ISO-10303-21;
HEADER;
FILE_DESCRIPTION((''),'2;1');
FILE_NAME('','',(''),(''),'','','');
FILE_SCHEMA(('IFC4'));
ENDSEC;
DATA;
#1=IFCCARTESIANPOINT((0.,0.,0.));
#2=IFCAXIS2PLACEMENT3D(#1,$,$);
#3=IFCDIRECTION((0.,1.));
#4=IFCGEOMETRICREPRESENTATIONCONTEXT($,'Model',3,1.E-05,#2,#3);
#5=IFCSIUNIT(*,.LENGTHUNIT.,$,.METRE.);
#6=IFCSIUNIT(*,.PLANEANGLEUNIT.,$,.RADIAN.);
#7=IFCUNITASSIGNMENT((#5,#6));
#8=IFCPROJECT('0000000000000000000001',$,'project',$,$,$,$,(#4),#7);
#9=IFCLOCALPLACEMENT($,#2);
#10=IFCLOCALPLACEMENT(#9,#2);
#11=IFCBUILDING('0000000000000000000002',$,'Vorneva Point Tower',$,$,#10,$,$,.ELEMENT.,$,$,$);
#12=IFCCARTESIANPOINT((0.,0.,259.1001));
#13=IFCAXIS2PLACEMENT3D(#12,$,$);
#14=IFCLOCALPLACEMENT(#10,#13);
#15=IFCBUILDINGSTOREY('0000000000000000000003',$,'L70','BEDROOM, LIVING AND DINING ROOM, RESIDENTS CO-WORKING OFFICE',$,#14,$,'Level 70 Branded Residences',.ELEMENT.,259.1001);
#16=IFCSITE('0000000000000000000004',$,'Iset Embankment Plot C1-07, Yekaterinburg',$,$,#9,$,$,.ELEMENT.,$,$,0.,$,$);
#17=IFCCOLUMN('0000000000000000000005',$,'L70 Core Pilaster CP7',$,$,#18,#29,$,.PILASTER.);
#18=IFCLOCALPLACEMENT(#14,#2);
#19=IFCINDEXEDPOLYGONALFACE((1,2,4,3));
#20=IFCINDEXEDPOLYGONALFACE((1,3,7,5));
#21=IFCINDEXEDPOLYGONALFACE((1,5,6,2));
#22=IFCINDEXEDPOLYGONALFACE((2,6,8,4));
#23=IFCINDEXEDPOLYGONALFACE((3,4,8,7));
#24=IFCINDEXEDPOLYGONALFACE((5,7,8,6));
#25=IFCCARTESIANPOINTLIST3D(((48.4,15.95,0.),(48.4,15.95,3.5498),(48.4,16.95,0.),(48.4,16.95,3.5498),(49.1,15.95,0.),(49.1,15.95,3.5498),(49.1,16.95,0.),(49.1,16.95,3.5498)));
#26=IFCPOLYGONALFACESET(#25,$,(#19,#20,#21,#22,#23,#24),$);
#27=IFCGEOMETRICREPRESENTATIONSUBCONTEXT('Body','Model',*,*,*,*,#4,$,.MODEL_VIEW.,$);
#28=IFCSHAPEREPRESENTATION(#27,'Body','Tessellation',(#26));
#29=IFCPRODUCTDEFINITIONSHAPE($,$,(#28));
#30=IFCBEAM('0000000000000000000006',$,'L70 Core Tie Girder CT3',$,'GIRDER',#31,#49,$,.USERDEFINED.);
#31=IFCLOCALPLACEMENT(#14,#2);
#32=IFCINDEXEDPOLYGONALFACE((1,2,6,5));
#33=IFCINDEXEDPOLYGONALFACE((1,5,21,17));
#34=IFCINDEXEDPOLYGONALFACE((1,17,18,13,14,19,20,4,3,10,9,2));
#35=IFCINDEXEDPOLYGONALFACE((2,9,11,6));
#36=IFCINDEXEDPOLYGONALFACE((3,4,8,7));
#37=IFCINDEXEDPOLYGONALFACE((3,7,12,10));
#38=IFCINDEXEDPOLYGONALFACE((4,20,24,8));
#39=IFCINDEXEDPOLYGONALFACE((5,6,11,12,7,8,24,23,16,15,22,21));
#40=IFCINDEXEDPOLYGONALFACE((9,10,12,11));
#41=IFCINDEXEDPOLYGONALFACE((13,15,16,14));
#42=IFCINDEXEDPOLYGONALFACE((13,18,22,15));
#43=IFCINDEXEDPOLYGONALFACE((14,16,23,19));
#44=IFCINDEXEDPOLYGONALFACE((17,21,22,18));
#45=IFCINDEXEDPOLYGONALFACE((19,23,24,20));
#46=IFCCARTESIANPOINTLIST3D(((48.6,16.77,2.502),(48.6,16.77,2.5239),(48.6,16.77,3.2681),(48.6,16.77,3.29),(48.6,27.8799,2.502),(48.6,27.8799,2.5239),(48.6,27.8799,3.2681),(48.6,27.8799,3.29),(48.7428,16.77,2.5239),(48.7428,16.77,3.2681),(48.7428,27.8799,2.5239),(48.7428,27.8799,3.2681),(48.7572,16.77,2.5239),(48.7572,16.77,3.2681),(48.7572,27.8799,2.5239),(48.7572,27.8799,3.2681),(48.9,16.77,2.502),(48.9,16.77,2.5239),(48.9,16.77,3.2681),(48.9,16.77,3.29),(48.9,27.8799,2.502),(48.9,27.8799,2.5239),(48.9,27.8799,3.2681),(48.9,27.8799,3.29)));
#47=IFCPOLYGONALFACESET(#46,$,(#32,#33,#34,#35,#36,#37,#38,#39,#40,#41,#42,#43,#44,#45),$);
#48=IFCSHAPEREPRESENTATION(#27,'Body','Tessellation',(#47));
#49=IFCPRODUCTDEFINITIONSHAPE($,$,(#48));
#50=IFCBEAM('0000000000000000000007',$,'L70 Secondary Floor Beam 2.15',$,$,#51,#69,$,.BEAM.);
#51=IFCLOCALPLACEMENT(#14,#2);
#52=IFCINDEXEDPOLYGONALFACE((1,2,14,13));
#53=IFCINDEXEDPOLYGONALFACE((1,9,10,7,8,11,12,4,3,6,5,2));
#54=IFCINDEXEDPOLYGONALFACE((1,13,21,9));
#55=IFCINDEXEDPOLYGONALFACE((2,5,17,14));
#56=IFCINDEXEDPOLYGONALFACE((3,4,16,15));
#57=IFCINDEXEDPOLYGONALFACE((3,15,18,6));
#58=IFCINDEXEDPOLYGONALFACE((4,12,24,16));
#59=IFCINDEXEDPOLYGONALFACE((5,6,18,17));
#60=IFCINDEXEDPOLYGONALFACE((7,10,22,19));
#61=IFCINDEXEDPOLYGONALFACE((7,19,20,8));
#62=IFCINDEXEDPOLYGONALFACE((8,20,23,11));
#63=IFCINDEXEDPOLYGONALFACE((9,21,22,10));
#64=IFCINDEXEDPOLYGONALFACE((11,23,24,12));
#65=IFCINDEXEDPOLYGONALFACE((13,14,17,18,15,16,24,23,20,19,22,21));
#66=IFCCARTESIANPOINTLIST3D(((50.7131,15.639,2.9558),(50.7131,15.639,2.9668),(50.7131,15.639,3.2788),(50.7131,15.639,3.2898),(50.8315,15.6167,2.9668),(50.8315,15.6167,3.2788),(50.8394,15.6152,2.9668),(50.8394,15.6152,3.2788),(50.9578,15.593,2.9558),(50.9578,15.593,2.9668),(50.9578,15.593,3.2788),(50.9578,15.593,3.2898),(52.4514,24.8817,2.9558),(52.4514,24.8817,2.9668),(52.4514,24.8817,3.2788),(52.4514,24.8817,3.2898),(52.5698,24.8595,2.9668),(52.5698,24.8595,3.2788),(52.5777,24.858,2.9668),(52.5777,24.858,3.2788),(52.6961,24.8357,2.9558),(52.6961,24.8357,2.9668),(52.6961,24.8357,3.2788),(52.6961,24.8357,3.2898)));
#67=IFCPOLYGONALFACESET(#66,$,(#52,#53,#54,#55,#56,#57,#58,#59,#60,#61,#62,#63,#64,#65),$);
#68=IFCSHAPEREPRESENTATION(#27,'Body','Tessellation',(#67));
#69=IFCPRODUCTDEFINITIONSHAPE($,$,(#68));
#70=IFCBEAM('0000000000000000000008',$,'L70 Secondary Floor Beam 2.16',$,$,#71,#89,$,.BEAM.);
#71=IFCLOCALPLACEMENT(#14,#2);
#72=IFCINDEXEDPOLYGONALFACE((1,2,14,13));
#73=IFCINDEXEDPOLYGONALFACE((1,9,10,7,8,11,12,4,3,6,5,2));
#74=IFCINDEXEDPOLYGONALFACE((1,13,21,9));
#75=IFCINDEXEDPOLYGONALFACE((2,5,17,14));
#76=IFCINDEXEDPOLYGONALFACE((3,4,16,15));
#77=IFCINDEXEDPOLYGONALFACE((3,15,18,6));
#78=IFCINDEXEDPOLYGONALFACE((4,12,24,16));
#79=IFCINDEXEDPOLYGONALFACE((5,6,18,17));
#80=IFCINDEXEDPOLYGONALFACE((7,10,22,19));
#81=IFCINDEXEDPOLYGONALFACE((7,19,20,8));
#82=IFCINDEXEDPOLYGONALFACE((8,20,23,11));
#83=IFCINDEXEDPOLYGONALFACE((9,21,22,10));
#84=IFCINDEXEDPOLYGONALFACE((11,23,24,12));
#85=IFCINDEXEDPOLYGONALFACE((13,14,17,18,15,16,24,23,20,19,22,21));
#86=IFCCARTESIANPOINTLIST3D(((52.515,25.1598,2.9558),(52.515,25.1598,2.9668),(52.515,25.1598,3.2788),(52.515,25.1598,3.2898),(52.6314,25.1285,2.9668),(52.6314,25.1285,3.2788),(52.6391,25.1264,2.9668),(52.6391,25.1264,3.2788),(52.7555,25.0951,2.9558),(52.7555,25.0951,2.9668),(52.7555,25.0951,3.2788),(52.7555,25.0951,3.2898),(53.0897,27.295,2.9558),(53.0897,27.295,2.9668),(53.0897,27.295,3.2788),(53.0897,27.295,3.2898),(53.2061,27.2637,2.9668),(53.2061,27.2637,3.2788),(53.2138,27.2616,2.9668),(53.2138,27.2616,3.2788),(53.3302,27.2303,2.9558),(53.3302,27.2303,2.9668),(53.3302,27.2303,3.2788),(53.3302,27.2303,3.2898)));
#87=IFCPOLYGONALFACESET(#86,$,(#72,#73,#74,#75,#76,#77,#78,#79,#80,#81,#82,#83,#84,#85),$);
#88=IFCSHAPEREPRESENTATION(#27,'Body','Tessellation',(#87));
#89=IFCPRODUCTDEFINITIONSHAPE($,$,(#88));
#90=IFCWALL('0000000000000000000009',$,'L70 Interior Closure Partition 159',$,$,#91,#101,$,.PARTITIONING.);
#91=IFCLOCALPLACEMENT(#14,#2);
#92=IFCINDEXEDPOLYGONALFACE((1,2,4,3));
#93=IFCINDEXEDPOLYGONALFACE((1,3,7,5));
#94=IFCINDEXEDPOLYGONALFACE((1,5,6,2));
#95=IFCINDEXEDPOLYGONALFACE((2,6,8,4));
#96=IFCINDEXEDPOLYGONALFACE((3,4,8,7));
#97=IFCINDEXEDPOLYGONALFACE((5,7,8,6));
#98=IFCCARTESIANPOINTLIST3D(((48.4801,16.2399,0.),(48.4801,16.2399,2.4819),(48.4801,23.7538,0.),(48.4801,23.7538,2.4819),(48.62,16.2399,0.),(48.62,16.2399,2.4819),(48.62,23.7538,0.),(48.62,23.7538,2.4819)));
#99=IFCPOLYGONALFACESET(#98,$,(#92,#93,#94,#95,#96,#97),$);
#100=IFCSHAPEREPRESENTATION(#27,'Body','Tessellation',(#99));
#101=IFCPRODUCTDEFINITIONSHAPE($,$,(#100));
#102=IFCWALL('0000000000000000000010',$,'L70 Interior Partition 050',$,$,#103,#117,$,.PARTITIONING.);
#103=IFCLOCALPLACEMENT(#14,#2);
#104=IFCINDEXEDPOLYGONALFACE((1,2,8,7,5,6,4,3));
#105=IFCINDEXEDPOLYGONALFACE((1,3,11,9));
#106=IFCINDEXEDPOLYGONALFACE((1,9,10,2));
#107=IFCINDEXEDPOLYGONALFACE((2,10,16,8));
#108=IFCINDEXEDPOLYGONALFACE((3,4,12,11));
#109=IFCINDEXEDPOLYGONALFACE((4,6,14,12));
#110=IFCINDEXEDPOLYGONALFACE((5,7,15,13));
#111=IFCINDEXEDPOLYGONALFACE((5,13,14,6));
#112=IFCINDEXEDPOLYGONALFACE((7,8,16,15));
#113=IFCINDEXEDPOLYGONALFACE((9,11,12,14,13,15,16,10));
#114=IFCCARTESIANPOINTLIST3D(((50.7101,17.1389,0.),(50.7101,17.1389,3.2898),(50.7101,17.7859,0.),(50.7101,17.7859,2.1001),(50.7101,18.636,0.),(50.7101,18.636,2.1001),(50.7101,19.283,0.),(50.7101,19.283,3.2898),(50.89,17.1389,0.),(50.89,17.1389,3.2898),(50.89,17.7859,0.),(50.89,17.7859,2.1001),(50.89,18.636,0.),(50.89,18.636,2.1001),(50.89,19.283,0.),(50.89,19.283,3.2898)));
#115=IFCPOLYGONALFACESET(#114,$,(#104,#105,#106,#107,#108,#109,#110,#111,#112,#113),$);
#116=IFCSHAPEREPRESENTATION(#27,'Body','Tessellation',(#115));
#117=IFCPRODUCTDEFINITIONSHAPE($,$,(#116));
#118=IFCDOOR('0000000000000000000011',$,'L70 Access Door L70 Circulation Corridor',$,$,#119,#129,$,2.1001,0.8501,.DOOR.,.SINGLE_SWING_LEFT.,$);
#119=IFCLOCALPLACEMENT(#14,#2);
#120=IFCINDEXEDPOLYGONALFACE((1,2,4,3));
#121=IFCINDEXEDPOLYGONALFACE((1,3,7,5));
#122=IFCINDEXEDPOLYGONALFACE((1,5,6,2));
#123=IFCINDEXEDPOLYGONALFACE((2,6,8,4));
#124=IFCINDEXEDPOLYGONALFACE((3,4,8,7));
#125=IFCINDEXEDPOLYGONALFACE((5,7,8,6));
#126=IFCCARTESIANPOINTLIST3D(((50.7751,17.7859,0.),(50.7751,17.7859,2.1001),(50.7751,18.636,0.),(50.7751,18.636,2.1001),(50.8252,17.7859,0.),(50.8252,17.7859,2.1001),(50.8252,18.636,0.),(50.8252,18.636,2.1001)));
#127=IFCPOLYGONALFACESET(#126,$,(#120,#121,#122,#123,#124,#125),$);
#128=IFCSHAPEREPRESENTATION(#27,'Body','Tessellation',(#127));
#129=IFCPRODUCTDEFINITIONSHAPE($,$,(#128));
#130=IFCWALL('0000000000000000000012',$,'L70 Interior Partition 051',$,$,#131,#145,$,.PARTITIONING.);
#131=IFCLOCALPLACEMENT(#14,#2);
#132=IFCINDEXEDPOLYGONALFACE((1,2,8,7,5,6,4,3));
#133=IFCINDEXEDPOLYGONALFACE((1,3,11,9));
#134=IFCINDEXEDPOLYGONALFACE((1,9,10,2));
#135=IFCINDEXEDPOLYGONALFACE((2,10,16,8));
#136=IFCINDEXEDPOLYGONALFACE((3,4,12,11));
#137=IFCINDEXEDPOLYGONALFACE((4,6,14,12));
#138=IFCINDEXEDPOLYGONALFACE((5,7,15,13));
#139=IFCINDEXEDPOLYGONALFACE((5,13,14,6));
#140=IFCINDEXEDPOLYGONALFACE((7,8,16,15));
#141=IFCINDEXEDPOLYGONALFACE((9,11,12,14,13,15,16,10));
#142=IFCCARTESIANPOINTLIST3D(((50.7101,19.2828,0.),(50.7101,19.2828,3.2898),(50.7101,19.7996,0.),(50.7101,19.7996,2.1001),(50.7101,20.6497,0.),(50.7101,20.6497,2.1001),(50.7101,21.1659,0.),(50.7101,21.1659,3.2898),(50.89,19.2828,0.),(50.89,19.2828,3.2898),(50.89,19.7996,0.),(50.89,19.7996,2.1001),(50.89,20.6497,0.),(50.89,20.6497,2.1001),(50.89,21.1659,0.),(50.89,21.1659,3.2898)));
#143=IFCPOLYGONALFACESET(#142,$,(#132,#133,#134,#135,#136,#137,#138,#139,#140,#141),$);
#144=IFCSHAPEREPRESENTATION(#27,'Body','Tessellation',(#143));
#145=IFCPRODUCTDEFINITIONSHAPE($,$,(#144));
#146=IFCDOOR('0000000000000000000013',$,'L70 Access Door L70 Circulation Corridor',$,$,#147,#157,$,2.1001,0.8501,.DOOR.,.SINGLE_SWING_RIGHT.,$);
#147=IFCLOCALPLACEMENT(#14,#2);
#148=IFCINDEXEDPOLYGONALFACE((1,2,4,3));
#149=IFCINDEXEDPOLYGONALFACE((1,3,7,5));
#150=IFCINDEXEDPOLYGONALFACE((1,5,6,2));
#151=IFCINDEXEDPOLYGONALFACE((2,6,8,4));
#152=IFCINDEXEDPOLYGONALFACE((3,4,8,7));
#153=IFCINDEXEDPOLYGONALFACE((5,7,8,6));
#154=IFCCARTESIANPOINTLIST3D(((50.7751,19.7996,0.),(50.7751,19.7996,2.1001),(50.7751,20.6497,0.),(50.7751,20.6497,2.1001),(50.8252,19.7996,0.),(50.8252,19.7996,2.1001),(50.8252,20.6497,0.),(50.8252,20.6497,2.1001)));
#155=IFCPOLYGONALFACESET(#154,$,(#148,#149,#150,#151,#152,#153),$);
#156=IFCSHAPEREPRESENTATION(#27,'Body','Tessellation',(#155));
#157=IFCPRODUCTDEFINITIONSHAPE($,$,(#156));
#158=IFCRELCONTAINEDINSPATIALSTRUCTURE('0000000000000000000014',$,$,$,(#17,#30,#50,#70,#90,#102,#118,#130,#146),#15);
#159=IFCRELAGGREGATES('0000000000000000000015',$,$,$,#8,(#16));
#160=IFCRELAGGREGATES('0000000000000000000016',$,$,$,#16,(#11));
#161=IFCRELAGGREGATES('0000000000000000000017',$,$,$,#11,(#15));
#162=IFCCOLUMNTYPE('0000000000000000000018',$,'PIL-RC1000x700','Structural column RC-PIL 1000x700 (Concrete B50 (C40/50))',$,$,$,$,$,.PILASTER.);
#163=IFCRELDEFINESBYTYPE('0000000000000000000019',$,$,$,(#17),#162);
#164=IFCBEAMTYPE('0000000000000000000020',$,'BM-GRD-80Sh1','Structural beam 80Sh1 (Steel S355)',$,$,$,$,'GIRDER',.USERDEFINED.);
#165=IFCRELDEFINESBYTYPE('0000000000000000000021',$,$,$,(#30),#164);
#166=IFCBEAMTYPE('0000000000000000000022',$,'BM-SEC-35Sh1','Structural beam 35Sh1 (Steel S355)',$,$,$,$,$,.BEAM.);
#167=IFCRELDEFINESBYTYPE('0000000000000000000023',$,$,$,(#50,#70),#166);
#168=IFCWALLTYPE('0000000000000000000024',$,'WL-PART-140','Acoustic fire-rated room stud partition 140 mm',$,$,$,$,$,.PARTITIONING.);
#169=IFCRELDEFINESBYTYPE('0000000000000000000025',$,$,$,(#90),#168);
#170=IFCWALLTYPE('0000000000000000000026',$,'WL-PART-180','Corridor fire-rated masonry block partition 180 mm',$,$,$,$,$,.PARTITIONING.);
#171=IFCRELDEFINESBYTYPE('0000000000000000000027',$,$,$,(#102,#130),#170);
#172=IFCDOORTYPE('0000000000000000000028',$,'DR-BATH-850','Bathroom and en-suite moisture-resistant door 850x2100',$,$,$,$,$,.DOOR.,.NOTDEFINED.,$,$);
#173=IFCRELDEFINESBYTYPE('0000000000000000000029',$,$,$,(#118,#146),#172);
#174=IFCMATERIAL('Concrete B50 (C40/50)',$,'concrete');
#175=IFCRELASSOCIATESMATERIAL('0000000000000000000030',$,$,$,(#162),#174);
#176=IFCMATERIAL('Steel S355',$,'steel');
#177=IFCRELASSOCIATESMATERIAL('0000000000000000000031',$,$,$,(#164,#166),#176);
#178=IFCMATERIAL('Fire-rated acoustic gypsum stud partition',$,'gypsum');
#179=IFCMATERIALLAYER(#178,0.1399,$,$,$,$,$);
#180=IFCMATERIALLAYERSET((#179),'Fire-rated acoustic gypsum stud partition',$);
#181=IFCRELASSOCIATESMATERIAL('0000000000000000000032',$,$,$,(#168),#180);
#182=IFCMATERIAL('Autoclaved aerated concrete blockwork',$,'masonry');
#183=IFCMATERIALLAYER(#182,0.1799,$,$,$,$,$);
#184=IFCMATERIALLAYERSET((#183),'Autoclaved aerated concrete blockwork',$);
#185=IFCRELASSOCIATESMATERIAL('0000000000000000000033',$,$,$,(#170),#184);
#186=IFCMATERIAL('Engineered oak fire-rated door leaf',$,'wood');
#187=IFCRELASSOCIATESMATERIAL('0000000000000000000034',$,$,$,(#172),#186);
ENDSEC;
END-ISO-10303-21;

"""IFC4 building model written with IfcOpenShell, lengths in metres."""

from ifc_helpers import new_model, si_unit, direction, frame, frame_2d, origin, origin_2d, place, context, subcontext, project, spatial, rectangle, i_section, extrude, material, layer, layer_set, material_profile, profile_set, type_object, element, fill, save


model = new_model("IFC4")

# Units and contexts
model_context = context("Model", 3, precision=1e-05, world=origin(), true_north=direction((0.0, 1.0)))
body_context = subcontext(model_context, "Body", "Model", "MODEL_VIEW")
ifc_project = project(units=[si_unit("LENGTHUNIT", "METRE"), si_unit("PLANEANGLEUNIT", "RADIAN")], contexts=[model_context])

# Site, building, storey
site_placement = place(None, origin())
site = spatial("IfcSite", under=ifc_project, at=site_placement, Name="Iset Embankment Plot C1-07, Yekaterinburg", CompositionType="ELEMENT", RefElevation=0.0)
building_placement = place(site_placement, origin())
building = spatial("IfcBuilding", under=site, at=building_placement, Name="Vorneva Point Tower", CompositionType="ELEMENT")
storey_placement = place(building_placement, frame((0.0, 0.0, 259.1001)))
storey = spatial("IfcBuildingStorey", under=building, at=storey_placement, Name="L70", Description="BEDROOM, LIVING AND DINING ROOM, RESIDENTS CO-WORKING OFFICE", LongName="Level 70 Branded Residences", CompositionType="ELEMENT", Elevation=259.1001)

# Column
ifc_material_1 = material(Name="Concrete B50 (C40/50)", Category="concrete")
ifc_material_profile_1 = material_profile(ifc_material_1, rectangle(XDim=0.7, YDim=1.0, at=origin_2d()), Name="RC-PIL 1000x700")
ifc_profile_set_1 = profile_set([ifc_material_profile_1], Name="Concrete B50 (C40/50)")
column_type = type_object("IfcColumnType", Name="PIL-RC1000x700", Description="Structural column RC-PIL 1000x700 (Concrete B50 (C40/50))", PredefinedType="PILASTER", material=ifc_profile_set_1)
column_placement = place(storey_placement, frame((48.75, 16.45, 0.0), z_axis=(0.0, 0.0, 1.0), x_axis=(1.0, 0.0, 0.0)))
element("IfcColumn", 1, at=column_placement, inside=storey, type_object=column_type, Name="L70 Core Pilaster CP7", PredefinedType="PILASTER", context=body_context, shape_type="SweptSolid", body=[
    extrude(rectangle(XDim=0.7, YDim=1.0, at=origin_2d()), origin(), (0.0, 0.0, 1.0), 3.5498),
])

# Beams
ifc_material_2 = material(Name="Steel S355", Category="steel")
ifc_material_profile_2 = material_profile(ifc_material_2, i_section(OverallWidth=0.3, OverallDepth=0.7881, WebThickness=0.0144, FlangeThickness=0.022, at=origin_2d()), Name="80Sh1")
ifc_profile_set_2 = profile_set([ifc_material_profile_2], Name="Steel S355")
beam_type_1 = type_object("IfcBeamType", Name="BM-GRD-80Sh1", Description="Structural beam 80Sh1 (Steel S355)", ElementType="GIRDER", PredefinedType="USERDEFINED", material=ifc_profile_set_2)
beam_1_placement = place(storey_placement, frame((48.75, 16.77, 2.896), z_axis=(0.0, 1.0, 0.0), x_axis=(-1.0, 0.0, 0.0)))
element("IfcBeam", 2, at=beam_1_placement, inside=storey, type_object=beam_type_1, Name="L70 Core Tie Girder CT3", ObjectType="GIRDER", PredefinedType="USERDEFINED", context=body_context, shape_type="SweptSolid", body=[
    extrude(i_section(OverallWidth=0.3, OverallDepth=0.7881, WebThickness=0.0144, FlangeThickness=0.022, at=origin_2d()), origin(), (0.0, 0.0, 1.0), 11.1099),
])
ifc_material_profile_3 = material_profile(ifc_material_2, i_section(OverallWidth=0.249, OverallDepth=0.334, WebThickness=0.0081, FlangeThickness=0.011, at=origin_2d()), Name="35Sh1")
ifc_profile_set_3 = profile_set([ifc_material_profile_3], Name="Steel S355")
beam_type_2 = type_object("IfcBeamType", Name="BM-SEC-35Sh1", Description="Structural beam 35Sh1 (Steel S355)", PredefinedType="BEAM", material=ifc_profile_set_3)
beam_2_placement = place(storey_placement, frame((50.8354, 15.616, 3.1228), z_axis=(0.184831, 0.98277, 0.0), x_axis=(-0.98277, 0.184831, 0.0)))
element("IfcBeam", 3, at=beam_2_placement, inside=storey, type_object=beam_type_2, Name="L70 Secondary Floor Beam 2.15", PredefinedType="BEAM", context=body_context, shape_type="SweptSolid", body=[
    extrude(i_section(OverallWidth=0.249, OverallDepth=0.334, WebThickness=0.0081, FlangeThickness=0.011, at=origin_2d()), origin(), (0.0, 0.0, 1.0), 9.4048),
])
beam_3_placement = place(storey_placement, frame((52.6353, 25.1274, 3.1228), z_axis=(0.259902, 0.965635, 0.0), x_axis=(-0.965635, 0.259902, 0.0)))
element("IfcBeam", 4, at=beam_3_placement, inside=storey, type_object=beam_type_2, Name="L70 Secondary Floor Beam 2.16", PredefinedType="BEAM", context=body_context, shape_type="SweptSolid", body=[
    extrude(i_section(OverallWidth=0.249, OverallDepth=0.334, WebThickness=0.0081, FlangeThickness=0.011, at=origin_2d()), origin(), (0.0, 0.0, 1.0), 2.2112),
])

# Wall
ifc_material_3 = material(Name="Fire-rated acoustic gypsum stud partition", Category="gypsum")
ifc_layer_1 = layer(ifc_material_3, 0.1399)
ifc_layer_set_1 = layer_set([ifc_layer_1], Name="Fire-rated acoustic gypsum stud partition")
wall_type_1 = type_object("IfcWallType", Name="WL-PART-140", Description="Acoustic fire-rated room stud partition 140 mm", PredefinedType="PARTITIONING", material=ifc_layer_set_1)
wall_1_placement = place(storey_placement, frame((48.55, 16.24, 0.0), z_axis=(0.0, 0.0, 1.0), x_axis=(0.0, 1.0, 0.0)))
element("IfcWall", 5, at=wall_1_placement, inside=storey, type_object=wall_type_1, Name="L70 Interior Closure Partition 159", PredefinedType="PARTITIONING", context=body_context, shape_type="SweptSolid", body=[
    extrude(rectangle(XDim=7.5139, YDim=0.1399, at=frame_2d((3.7568, 0.0))), origin(), (0.0, 0.0, 1.0), 2.4819),
])

# Walls, openings, doors
ifc_material_4 = material(Name="Autoclaved aerated concrete blockwork", Category="masonry")
ifc_layer_2 = layer(ifc_material_4, 0.1799)
ifc_layer_set_2 = layer_set([ifc_layer_2], Name="Autoclaved aerated concrete blockwork")
wall_type_2 = type_object("IfcWallType", Name="WL-PART-180", Description="Corridor fire-rated masonry block partition 180 mm", PredefinedType="PARTITIONING", material=ifc_layer_set_2)
wall_2_placement = place(storey_placement, frame((50.8, 17.1389, 0.0), z_axis=(0.0, 0.0, 1.0), x_axis=(0.0, 1.0, 0.0)))
wall_2 = element("IfcWall", 6, at=wall_2_placement, inside=storey, type_object=wall_type_2, Name="L70 Interior Partition 050", PredefinedType="PARTITIONING", context=body_context, shape_type="SweptSolid", body=[
    extrude(rectangle(XDim=2.144, YDim=0.1799, at=frame_2d((1.072, 0.0))), origin(), (0.0, 0.0, 1.0), 3.2898),
])
opening_1_placement = place(wall_2_placement, frame((0.647, 0.0, 0.0)))
opening_1 = element("IfcOpeningElement", 7, at=opening_1_placement, cuts=wall_2, PredefinedType="OPENING", context=body_context, shape_type="SweptSolid", body=[
    extrude(rectangle(XDim=0.8501, YDim=2.1001, at=frame_2d((0.425, 1.05))), frame((0.0, 0.105, 0.0), z_axis=(0.0, -1.0, 0.0), x_axis=(1.0, 0.0, 0.0)), (0.0, 0.0, 1.0), 0.2097),
])
ifc_material_5 = material(Name="Engineered oak fire-rated door leaf", Category="wood")
door_type_1 = type_object("IfcDoorType", Name="DR-BATH-850", Description="Bathroom and en-suite moisture-resistant door 850x2100", OperationType="NOTDEFINED", PredefinedType="DOOR", material=ifc_material_5)
door_1_placement = place(opening_1_placement, origin())
door_1 = element("IfcDoor", 8, at=door_1_placement, inside=storey, type_object=door_type_1, Name="L70 Access Door L70 Circulation Corridor", OperationType="SINGLE_SWING_LEFT", OverallHeight=2.1001, OverallWidth=0.8501, PredefinedType="DOOR", context=body_context, shape_type="SweptSolid", body=[
    extrude(rectangle(XDim=0.8501, YDim=2.1001, at=frame_2d((0.425, 1.05))), frame((0.0, 0.0249, 0.0), z_axis=(0.0, -1.0, 0.0), x_axis=(1.0, 0.0, 0.0)), (0.0, 0.0, 1.0), 0.05),
])
fill(opening_1, door_1)
wall_3_placement = place(storey_placement, frame((50.8, 19.283, 0.0), z_axis=(0.0, 0.0, 1.0), x_axis=(0.0, 1.0, 0.0)))
wall_3 = element("IfcWall", 9, at=wall_3_placement, inside=storey, type_object=wall_type_2, Name="L70 Interior Partition 051", PredefinedType="PARTITIONING", context=body_context, shape_type="SweptSolid", body=[
    extrude(rectangle(XDim=1.8831, YDim=0.1799, at=frame_2d((0.9414, 0.0))), origin(), (0.0, 0.0, 1.0), 3.2898),
])
opening_2_placement = place(wall_3_placement, frame((0.5166, 0.0, 0.0)))
opening_2 = element("IfcOpeningElement", 10, at=opening_2_placement, cuts=wall_3, PredefinedType="OPENING", context=body_context, shape_type="SweptSolid", body=[
    extrude(rectangle(XDim=0.8501, YDim=2.1001, at=frame_2d((0.425, 1.05))), frame((0.0, 0.105, 0.0), z_axis=(0.0, -1.0, 0.0), x_axis=(1.0, 0.0, 0.0)), (0.0, 0.0, 1.0), 0.2097),
])
door_2_placement = place(opening_2_placement, origin())
door_2 = element("IfcDoor", 11, at=door_2_placement, inside=storey, type_object=door_type_1, Name="L70 Access Door L70 Circulation Corridor", OperationType="SINGLE_SWING_RIGHT", OverallHeight=2.1001, OverallWidth=0.8501, PredefinedType="DOOR", context=body_context, shape_type="SweptSolid", body=[
    extrude(rectangle(XDim=0.8501, YDim=2.1001, at=frame_2d((0.425, 1.05))), frame((0.0, 0.0249, 0.0), z_axis=(0.0, -1.0, 0.0), x_axis=(1.0, 0.0, 0.0)), (0.0, 0.0, 1.0), 0.05),
])
fill(opening_2, door_2)

save(model, "model.ifc")
